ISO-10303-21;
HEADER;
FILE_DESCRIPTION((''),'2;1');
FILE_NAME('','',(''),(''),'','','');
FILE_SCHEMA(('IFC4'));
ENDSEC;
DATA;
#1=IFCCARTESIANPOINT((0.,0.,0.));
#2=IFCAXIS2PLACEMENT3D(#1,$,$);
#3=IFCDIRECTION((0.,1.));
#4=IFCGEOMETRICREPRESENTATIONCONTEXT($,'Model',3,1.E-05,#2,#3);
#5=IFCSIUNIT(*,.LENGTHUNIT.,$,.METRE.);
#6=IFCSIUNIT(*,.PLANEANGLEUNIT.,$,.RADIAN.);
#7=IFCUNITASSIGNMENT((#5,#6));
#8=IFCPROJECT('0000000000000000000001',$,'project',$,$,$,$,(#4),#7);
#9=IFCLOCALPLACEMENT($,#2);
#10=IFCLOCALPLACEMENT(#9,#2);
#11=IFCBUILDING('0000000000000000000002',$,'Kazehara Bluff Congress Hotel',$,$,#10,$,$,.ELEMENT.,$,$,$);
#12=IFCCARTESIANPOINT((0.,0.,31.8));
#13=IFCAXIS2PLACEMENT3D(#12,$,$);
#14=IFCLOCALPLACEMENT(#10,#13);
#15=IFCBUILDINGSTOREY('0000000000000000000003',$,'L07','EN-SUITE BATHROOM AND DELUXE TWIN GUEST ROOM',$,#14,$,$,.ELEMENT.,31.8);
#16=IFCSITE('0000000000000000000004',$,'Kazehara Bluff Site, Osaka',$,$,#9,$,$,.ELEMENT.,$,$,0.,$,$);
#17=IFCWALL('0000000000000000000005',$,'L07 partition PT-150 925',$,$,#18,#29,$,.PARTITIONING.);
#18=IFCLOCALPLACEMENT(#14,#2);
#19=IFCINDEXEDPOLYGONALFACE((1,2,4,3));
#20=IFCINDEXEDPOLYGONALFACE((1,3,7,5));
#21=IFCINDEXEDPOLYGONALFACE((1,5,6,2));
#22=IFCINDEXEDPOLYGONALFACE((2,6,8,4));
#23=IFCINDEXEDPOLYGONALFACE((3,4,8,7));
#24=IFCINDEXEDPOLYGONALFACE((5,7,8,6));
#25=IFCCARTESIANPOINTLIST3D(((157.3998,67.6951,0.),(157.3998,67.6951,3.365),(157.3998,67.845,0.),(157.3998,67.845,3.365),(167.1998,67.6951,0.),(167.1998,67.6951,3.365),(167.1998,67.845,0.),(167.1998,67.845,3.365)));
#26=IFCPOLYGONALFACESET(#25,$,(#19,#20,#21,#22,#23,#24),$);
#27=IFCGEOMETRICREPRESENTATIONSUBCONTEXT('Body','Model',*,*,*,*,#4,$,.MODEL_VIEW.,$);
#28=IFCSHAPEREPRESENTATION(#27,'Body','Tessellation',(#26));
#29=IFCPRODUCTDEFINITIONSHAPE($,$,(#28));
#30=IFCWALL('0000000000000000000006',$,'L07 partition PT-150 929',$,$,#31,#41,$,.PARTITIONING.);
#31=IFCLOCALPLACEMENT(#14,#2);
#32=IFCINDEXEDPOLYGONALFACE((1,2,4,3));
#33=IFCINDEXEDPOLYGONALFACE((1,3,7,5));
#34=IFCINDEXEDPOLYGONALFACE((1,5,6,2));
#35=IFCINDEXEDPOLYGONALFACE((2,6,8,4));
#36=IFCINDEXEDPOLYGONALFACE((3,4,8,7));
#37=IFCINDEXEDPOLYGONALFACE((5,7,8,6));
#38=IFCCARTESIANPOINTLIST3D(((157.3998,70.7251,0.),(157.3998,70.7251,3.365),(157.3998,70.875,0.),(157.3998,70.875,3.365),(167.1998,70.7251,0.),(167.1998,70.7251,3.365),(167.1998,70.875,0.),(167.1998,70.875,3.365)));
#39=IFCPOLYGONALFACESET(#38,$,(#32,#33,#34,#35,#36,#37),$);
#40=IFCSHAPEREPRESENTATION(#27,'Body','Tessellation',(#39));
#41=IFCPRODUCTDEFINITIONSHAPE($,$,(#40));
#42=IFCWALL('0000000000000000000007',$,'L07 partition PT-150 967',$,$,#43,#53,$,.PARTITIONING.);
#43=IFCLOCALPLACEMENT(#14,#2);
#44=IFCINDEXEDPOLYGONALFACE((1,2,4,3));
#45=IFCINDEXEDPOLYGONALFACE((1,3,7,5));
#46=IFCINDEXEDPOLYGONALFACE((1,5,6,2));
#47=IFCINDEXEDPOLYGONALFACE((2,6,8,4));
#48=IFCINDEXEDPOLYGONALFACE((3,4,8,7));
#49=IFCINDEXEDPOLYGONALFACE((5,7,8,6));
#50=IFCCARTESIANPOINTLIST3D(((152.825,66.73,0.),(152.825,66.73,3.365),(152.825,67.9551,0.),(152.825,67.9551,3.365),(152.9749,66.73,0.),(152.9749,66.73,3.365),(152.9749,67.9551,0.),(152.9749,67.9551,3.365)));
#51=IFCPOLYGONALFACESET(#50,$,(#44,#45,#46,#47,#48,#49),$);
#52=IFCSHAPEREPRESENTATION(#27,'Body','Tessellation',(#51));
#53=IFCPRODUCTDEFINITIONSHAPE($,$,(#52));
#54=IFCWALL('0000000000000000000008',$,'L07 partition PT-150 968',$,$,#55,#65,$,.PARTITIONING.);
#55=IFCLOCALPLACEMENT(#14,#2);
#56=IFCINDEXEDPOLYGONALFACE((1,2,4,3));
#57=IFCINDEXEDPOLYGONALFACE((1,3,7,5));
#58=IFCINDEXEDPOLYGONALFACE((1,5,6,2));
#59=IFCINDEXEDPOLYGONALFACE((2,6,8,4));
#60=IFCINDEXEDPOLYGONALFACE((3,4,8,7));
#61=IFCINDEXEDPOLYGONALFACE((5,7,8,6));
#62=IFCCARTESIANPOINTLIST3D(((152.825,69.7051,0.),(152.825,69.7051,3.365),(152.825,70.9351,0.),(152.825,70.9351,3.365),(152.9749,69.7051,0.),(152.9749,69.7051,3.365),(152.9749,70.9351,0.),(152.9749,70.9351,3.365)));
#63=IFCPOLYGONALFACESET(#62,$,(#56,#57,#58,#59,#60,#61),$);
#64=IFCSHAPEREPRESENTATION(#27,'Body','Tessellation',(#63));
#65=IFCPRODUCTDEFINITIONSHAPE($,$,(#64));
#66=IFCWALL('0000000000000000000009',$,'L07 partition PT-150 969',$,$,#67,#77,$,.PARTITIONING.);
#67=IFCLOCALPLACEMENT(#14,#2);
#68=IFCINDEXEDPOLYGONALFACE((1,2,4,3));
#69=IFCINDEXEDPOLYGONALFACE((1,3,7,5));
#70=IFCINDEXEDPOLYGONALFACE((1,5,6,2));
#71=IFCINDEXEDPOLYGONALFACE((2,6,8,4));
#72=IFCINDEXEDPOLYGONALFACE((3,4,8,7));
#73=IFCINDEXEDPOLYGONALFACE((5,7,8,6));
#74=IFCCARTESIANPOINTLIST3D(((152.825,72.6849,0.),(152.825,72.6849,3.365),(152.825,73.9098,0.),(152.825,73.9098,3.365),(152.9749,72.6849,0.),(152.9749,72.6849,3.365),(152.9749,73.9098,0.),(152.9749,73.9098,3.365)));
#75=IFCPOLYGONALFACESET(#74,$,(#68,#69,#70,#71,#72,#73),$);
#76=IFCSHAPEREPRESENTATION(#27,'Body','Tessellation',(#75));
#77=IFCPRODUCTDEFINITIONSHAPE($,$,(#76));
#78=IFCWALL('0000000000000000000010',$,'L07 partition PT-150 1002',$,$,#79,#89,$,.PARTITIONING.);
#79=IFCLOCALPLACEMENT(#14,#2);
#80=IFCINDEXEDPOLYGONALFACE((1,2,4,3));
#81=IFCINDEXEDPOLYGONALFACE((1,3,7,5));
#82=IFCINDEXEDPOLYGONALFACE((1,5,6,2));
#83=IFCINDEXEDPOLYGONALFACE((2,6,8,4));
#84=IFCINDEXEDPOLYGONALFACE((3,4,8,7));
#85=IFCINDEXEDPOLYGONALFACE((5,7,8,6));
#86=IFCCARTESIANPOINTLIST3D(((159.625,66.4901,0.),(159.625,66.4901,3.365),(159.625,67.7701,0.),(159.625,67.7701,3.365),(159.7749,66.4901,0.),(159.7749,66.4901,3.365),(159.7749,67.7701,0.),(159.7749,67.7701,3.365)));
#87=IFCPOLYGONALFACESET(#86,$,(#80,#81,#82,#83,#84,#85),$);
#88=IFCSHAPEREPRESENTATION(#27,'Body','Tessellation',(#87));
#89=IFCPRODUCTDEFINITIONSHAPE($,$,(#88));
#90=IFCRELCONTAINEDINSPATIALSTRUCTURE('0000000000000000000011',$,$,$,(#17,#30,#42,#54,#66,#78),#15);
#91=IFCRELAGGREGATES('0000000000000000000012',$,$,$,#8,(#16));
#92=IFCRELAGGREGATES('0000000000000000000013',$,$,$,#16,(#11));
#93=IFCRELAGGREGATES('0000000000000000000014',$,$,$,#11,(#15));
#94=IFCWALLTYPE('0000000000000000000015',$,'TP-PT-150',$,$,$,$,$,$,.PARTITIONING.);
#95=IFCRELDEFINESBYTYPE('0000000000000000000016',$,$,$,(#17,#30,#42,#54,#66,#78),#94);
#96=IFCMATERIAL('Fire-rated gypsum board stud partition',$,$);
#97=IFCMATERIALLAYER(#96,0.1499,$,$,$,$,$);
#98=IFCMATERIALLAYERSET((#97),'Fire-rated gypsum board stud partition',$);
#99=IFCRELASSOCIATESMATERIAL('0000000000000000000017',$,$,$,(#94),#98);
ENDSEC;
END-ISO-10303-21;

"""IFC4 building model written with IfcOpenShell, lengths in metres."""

from ifc_helpers import new_model, si_unit, direction, frame, frame_2d, origin, place, context, subcontext, project, spatial, rectangle, extrude, material, layer, layer_set, type_object, element, save


model = new_model("IFC4")

# Units and contexts
model_context = context("Model", 3, precision=1e-05, world=origin(), true_north=direction((0.0, 1.0)))
body_context = subcontext(model_context, "Body", "Model", "MODEL_VIEW")
ifc_project = project(units=[si_unit("LENGTHUNIT", "METRE"), si_unit("PLANEANGLEUNIT", "RADIAN")], contexts=[model_context])

# Site, building, storey
site_placement = place(None, origin())
site = spatial("IfcSite", under=ifc_project, at=site_placement, Name="Kazehara Bluff Site, Osaka", CompositionType="ELEMENT", RefElevation=0.0)
building_placement = place(site_placement, origin())
building = spatial("IfcBuilding", under=site, at=building_placement, Name="Kazehara Bluff Congress Hotel", CompositionType="ELEMENT")
storey_placement = place(building_placement, frame((0.0, 0.0, 31.8)))
storey = spatial("IfcBuildingStorey", under=building, at=storey_placement, Name="L07", Description="EN-SUITE BATHROOM AND DELUXE TWIN GUEST ROOM", CompositionType="ELEMENT", Elevation=31.8)

# Shared definitions
ifc_material_1 = material(Name="Fire-rated gypsum board stud partition")
ifc_layer = layer(ifc_material_1, 0.1499)
ifc_layer_set = layer_set([ifc_layer], Name="Fire-rated gypsum board stud partition")
wall_type = type_object("IfcWallType", Name="TP-PT-150", PredefinedType="PARTITIONING", material=ifc_layer_set)

# Wall
wall_1_placement = place(storey_placement, frame((157.3999, 67.77, 0.0), z_axis=(0.0, 0.0, 1.0), x_axis=(1.0, 0.0, 0.0)))
element("IfcWall", 1, at=wall_1_placement, inside=storey, type_object=wall_type, Name="L07 partition PT-150 925", PredefinedType="PARTITIONING", context=body_context, shape_type="SweptSolid", body=[
    extrude(rectangle(XDim=9.8, YDim=0.1499, at=frame_2d((4.8999, 0.0))), origin(), (0.0, 0.0, 1.0), 3.365),
])

# Walls
wall_2_placement = place(storey_placement, frame((157.3999, 70.8, 0.0), z_axis=(0.0, 0.0, 1.0), x_axis=(1.0, 0.0, 0.0)))
element("IfcWall", 2, at=wall_2_placement, inside=storey, type_object=wall_type, Name="L07 partition PT-150 929", PredefinedType="PARTITIONING", context=body_context, shape_type="SweptSolid", body=[
    extrude(rectangle(XDim=9.8, YDim=0.1499, at=frame_2d((4.8999, 0.0))), origin(), (0.0, 0.0, 1.0), 3.365),
])
wall_3_placement = place(storey_placement, frame((152.8999, 66.73, 0.0), z_axis=(0.0, 0.0, 1.0), x_axis=(0.0, 1.0, 0.0)))
element("IfcWall", 3, at=wall_3_placement, inside=storey, type_object=wall_type, Name="L07 partition PT-150 967", PredefinedType="PARTITIONING", context=body_context, shape_type="SweptSolid", body=[
    extrude(rectangle(XDim=1.2251, YDim=0.1499, at=frame_2d((0.6125, 0.0))), origin(), (0.0, 0.0, 1.0), 3.365),
])
wall_4_placement = place(storey_placement, frame((152.8999, 69.7051, 0.0), z_axis=(0.0, 0.0, 1.0), x_axis=(0.0, 1.0, 0.0)))
element("IfcWall", 4, at=wall_4_placement, inside=storey, type_object=wall_type, Name="L07 partition PT-150 968", PredefinedType="PARTITIONING", context=body_context, shape_type="SweptSolid", body=[
    extrude(rectangle(XDim=1.23, YDim=0.1499, at=frame_2d((0.615, 0.0))), origin(), (0.0, 0.0, 1.0), 3.365),
])
wall_5_placement = place(storey_placement, frame((152.8999, 72.6851, 0.0), z_axis=(0.0, 0.0, 1.0), x_axis=(0.0, 1.0, 0.0)))
element("IfcWall", 5, at=wall_5_placement, inside=storey, type_object=wall_type, Name="L07 partition PT-150 969", PredefinedType="PARTITIONING", context=body_context, shape_type="SweptSolid", body=[
    extrude(rectangle(XDim=1.2249, YDim=0.1499, at=frame_2d((0.6123, 0.0))), origin(), (0.0, 0.0, 1.0), 3.365),
])
wall_6_placement = place(storey_placement, frame((159.7, 66.49, 0.0), z_axis=(0.0, 0.0, 1.0), x_axis=(0.0, 1.0, 0.0)))
element("IfcWall", 6, at=wall_6_placement, inside=storey, type_object=wall_type, Name="L07 partition PT-150 1002", PredefinedType="PARTITIONING", context=body_context, shape_type="SweptSolid", body=[
    extrude(rectangle(XDim=1.28, YDim=0.1499, at=frame_2d((0.6401, 0.0))), origin(), (0.0, 0.0, 1.0), 3.365),
])

save(model, "model.ifc")
